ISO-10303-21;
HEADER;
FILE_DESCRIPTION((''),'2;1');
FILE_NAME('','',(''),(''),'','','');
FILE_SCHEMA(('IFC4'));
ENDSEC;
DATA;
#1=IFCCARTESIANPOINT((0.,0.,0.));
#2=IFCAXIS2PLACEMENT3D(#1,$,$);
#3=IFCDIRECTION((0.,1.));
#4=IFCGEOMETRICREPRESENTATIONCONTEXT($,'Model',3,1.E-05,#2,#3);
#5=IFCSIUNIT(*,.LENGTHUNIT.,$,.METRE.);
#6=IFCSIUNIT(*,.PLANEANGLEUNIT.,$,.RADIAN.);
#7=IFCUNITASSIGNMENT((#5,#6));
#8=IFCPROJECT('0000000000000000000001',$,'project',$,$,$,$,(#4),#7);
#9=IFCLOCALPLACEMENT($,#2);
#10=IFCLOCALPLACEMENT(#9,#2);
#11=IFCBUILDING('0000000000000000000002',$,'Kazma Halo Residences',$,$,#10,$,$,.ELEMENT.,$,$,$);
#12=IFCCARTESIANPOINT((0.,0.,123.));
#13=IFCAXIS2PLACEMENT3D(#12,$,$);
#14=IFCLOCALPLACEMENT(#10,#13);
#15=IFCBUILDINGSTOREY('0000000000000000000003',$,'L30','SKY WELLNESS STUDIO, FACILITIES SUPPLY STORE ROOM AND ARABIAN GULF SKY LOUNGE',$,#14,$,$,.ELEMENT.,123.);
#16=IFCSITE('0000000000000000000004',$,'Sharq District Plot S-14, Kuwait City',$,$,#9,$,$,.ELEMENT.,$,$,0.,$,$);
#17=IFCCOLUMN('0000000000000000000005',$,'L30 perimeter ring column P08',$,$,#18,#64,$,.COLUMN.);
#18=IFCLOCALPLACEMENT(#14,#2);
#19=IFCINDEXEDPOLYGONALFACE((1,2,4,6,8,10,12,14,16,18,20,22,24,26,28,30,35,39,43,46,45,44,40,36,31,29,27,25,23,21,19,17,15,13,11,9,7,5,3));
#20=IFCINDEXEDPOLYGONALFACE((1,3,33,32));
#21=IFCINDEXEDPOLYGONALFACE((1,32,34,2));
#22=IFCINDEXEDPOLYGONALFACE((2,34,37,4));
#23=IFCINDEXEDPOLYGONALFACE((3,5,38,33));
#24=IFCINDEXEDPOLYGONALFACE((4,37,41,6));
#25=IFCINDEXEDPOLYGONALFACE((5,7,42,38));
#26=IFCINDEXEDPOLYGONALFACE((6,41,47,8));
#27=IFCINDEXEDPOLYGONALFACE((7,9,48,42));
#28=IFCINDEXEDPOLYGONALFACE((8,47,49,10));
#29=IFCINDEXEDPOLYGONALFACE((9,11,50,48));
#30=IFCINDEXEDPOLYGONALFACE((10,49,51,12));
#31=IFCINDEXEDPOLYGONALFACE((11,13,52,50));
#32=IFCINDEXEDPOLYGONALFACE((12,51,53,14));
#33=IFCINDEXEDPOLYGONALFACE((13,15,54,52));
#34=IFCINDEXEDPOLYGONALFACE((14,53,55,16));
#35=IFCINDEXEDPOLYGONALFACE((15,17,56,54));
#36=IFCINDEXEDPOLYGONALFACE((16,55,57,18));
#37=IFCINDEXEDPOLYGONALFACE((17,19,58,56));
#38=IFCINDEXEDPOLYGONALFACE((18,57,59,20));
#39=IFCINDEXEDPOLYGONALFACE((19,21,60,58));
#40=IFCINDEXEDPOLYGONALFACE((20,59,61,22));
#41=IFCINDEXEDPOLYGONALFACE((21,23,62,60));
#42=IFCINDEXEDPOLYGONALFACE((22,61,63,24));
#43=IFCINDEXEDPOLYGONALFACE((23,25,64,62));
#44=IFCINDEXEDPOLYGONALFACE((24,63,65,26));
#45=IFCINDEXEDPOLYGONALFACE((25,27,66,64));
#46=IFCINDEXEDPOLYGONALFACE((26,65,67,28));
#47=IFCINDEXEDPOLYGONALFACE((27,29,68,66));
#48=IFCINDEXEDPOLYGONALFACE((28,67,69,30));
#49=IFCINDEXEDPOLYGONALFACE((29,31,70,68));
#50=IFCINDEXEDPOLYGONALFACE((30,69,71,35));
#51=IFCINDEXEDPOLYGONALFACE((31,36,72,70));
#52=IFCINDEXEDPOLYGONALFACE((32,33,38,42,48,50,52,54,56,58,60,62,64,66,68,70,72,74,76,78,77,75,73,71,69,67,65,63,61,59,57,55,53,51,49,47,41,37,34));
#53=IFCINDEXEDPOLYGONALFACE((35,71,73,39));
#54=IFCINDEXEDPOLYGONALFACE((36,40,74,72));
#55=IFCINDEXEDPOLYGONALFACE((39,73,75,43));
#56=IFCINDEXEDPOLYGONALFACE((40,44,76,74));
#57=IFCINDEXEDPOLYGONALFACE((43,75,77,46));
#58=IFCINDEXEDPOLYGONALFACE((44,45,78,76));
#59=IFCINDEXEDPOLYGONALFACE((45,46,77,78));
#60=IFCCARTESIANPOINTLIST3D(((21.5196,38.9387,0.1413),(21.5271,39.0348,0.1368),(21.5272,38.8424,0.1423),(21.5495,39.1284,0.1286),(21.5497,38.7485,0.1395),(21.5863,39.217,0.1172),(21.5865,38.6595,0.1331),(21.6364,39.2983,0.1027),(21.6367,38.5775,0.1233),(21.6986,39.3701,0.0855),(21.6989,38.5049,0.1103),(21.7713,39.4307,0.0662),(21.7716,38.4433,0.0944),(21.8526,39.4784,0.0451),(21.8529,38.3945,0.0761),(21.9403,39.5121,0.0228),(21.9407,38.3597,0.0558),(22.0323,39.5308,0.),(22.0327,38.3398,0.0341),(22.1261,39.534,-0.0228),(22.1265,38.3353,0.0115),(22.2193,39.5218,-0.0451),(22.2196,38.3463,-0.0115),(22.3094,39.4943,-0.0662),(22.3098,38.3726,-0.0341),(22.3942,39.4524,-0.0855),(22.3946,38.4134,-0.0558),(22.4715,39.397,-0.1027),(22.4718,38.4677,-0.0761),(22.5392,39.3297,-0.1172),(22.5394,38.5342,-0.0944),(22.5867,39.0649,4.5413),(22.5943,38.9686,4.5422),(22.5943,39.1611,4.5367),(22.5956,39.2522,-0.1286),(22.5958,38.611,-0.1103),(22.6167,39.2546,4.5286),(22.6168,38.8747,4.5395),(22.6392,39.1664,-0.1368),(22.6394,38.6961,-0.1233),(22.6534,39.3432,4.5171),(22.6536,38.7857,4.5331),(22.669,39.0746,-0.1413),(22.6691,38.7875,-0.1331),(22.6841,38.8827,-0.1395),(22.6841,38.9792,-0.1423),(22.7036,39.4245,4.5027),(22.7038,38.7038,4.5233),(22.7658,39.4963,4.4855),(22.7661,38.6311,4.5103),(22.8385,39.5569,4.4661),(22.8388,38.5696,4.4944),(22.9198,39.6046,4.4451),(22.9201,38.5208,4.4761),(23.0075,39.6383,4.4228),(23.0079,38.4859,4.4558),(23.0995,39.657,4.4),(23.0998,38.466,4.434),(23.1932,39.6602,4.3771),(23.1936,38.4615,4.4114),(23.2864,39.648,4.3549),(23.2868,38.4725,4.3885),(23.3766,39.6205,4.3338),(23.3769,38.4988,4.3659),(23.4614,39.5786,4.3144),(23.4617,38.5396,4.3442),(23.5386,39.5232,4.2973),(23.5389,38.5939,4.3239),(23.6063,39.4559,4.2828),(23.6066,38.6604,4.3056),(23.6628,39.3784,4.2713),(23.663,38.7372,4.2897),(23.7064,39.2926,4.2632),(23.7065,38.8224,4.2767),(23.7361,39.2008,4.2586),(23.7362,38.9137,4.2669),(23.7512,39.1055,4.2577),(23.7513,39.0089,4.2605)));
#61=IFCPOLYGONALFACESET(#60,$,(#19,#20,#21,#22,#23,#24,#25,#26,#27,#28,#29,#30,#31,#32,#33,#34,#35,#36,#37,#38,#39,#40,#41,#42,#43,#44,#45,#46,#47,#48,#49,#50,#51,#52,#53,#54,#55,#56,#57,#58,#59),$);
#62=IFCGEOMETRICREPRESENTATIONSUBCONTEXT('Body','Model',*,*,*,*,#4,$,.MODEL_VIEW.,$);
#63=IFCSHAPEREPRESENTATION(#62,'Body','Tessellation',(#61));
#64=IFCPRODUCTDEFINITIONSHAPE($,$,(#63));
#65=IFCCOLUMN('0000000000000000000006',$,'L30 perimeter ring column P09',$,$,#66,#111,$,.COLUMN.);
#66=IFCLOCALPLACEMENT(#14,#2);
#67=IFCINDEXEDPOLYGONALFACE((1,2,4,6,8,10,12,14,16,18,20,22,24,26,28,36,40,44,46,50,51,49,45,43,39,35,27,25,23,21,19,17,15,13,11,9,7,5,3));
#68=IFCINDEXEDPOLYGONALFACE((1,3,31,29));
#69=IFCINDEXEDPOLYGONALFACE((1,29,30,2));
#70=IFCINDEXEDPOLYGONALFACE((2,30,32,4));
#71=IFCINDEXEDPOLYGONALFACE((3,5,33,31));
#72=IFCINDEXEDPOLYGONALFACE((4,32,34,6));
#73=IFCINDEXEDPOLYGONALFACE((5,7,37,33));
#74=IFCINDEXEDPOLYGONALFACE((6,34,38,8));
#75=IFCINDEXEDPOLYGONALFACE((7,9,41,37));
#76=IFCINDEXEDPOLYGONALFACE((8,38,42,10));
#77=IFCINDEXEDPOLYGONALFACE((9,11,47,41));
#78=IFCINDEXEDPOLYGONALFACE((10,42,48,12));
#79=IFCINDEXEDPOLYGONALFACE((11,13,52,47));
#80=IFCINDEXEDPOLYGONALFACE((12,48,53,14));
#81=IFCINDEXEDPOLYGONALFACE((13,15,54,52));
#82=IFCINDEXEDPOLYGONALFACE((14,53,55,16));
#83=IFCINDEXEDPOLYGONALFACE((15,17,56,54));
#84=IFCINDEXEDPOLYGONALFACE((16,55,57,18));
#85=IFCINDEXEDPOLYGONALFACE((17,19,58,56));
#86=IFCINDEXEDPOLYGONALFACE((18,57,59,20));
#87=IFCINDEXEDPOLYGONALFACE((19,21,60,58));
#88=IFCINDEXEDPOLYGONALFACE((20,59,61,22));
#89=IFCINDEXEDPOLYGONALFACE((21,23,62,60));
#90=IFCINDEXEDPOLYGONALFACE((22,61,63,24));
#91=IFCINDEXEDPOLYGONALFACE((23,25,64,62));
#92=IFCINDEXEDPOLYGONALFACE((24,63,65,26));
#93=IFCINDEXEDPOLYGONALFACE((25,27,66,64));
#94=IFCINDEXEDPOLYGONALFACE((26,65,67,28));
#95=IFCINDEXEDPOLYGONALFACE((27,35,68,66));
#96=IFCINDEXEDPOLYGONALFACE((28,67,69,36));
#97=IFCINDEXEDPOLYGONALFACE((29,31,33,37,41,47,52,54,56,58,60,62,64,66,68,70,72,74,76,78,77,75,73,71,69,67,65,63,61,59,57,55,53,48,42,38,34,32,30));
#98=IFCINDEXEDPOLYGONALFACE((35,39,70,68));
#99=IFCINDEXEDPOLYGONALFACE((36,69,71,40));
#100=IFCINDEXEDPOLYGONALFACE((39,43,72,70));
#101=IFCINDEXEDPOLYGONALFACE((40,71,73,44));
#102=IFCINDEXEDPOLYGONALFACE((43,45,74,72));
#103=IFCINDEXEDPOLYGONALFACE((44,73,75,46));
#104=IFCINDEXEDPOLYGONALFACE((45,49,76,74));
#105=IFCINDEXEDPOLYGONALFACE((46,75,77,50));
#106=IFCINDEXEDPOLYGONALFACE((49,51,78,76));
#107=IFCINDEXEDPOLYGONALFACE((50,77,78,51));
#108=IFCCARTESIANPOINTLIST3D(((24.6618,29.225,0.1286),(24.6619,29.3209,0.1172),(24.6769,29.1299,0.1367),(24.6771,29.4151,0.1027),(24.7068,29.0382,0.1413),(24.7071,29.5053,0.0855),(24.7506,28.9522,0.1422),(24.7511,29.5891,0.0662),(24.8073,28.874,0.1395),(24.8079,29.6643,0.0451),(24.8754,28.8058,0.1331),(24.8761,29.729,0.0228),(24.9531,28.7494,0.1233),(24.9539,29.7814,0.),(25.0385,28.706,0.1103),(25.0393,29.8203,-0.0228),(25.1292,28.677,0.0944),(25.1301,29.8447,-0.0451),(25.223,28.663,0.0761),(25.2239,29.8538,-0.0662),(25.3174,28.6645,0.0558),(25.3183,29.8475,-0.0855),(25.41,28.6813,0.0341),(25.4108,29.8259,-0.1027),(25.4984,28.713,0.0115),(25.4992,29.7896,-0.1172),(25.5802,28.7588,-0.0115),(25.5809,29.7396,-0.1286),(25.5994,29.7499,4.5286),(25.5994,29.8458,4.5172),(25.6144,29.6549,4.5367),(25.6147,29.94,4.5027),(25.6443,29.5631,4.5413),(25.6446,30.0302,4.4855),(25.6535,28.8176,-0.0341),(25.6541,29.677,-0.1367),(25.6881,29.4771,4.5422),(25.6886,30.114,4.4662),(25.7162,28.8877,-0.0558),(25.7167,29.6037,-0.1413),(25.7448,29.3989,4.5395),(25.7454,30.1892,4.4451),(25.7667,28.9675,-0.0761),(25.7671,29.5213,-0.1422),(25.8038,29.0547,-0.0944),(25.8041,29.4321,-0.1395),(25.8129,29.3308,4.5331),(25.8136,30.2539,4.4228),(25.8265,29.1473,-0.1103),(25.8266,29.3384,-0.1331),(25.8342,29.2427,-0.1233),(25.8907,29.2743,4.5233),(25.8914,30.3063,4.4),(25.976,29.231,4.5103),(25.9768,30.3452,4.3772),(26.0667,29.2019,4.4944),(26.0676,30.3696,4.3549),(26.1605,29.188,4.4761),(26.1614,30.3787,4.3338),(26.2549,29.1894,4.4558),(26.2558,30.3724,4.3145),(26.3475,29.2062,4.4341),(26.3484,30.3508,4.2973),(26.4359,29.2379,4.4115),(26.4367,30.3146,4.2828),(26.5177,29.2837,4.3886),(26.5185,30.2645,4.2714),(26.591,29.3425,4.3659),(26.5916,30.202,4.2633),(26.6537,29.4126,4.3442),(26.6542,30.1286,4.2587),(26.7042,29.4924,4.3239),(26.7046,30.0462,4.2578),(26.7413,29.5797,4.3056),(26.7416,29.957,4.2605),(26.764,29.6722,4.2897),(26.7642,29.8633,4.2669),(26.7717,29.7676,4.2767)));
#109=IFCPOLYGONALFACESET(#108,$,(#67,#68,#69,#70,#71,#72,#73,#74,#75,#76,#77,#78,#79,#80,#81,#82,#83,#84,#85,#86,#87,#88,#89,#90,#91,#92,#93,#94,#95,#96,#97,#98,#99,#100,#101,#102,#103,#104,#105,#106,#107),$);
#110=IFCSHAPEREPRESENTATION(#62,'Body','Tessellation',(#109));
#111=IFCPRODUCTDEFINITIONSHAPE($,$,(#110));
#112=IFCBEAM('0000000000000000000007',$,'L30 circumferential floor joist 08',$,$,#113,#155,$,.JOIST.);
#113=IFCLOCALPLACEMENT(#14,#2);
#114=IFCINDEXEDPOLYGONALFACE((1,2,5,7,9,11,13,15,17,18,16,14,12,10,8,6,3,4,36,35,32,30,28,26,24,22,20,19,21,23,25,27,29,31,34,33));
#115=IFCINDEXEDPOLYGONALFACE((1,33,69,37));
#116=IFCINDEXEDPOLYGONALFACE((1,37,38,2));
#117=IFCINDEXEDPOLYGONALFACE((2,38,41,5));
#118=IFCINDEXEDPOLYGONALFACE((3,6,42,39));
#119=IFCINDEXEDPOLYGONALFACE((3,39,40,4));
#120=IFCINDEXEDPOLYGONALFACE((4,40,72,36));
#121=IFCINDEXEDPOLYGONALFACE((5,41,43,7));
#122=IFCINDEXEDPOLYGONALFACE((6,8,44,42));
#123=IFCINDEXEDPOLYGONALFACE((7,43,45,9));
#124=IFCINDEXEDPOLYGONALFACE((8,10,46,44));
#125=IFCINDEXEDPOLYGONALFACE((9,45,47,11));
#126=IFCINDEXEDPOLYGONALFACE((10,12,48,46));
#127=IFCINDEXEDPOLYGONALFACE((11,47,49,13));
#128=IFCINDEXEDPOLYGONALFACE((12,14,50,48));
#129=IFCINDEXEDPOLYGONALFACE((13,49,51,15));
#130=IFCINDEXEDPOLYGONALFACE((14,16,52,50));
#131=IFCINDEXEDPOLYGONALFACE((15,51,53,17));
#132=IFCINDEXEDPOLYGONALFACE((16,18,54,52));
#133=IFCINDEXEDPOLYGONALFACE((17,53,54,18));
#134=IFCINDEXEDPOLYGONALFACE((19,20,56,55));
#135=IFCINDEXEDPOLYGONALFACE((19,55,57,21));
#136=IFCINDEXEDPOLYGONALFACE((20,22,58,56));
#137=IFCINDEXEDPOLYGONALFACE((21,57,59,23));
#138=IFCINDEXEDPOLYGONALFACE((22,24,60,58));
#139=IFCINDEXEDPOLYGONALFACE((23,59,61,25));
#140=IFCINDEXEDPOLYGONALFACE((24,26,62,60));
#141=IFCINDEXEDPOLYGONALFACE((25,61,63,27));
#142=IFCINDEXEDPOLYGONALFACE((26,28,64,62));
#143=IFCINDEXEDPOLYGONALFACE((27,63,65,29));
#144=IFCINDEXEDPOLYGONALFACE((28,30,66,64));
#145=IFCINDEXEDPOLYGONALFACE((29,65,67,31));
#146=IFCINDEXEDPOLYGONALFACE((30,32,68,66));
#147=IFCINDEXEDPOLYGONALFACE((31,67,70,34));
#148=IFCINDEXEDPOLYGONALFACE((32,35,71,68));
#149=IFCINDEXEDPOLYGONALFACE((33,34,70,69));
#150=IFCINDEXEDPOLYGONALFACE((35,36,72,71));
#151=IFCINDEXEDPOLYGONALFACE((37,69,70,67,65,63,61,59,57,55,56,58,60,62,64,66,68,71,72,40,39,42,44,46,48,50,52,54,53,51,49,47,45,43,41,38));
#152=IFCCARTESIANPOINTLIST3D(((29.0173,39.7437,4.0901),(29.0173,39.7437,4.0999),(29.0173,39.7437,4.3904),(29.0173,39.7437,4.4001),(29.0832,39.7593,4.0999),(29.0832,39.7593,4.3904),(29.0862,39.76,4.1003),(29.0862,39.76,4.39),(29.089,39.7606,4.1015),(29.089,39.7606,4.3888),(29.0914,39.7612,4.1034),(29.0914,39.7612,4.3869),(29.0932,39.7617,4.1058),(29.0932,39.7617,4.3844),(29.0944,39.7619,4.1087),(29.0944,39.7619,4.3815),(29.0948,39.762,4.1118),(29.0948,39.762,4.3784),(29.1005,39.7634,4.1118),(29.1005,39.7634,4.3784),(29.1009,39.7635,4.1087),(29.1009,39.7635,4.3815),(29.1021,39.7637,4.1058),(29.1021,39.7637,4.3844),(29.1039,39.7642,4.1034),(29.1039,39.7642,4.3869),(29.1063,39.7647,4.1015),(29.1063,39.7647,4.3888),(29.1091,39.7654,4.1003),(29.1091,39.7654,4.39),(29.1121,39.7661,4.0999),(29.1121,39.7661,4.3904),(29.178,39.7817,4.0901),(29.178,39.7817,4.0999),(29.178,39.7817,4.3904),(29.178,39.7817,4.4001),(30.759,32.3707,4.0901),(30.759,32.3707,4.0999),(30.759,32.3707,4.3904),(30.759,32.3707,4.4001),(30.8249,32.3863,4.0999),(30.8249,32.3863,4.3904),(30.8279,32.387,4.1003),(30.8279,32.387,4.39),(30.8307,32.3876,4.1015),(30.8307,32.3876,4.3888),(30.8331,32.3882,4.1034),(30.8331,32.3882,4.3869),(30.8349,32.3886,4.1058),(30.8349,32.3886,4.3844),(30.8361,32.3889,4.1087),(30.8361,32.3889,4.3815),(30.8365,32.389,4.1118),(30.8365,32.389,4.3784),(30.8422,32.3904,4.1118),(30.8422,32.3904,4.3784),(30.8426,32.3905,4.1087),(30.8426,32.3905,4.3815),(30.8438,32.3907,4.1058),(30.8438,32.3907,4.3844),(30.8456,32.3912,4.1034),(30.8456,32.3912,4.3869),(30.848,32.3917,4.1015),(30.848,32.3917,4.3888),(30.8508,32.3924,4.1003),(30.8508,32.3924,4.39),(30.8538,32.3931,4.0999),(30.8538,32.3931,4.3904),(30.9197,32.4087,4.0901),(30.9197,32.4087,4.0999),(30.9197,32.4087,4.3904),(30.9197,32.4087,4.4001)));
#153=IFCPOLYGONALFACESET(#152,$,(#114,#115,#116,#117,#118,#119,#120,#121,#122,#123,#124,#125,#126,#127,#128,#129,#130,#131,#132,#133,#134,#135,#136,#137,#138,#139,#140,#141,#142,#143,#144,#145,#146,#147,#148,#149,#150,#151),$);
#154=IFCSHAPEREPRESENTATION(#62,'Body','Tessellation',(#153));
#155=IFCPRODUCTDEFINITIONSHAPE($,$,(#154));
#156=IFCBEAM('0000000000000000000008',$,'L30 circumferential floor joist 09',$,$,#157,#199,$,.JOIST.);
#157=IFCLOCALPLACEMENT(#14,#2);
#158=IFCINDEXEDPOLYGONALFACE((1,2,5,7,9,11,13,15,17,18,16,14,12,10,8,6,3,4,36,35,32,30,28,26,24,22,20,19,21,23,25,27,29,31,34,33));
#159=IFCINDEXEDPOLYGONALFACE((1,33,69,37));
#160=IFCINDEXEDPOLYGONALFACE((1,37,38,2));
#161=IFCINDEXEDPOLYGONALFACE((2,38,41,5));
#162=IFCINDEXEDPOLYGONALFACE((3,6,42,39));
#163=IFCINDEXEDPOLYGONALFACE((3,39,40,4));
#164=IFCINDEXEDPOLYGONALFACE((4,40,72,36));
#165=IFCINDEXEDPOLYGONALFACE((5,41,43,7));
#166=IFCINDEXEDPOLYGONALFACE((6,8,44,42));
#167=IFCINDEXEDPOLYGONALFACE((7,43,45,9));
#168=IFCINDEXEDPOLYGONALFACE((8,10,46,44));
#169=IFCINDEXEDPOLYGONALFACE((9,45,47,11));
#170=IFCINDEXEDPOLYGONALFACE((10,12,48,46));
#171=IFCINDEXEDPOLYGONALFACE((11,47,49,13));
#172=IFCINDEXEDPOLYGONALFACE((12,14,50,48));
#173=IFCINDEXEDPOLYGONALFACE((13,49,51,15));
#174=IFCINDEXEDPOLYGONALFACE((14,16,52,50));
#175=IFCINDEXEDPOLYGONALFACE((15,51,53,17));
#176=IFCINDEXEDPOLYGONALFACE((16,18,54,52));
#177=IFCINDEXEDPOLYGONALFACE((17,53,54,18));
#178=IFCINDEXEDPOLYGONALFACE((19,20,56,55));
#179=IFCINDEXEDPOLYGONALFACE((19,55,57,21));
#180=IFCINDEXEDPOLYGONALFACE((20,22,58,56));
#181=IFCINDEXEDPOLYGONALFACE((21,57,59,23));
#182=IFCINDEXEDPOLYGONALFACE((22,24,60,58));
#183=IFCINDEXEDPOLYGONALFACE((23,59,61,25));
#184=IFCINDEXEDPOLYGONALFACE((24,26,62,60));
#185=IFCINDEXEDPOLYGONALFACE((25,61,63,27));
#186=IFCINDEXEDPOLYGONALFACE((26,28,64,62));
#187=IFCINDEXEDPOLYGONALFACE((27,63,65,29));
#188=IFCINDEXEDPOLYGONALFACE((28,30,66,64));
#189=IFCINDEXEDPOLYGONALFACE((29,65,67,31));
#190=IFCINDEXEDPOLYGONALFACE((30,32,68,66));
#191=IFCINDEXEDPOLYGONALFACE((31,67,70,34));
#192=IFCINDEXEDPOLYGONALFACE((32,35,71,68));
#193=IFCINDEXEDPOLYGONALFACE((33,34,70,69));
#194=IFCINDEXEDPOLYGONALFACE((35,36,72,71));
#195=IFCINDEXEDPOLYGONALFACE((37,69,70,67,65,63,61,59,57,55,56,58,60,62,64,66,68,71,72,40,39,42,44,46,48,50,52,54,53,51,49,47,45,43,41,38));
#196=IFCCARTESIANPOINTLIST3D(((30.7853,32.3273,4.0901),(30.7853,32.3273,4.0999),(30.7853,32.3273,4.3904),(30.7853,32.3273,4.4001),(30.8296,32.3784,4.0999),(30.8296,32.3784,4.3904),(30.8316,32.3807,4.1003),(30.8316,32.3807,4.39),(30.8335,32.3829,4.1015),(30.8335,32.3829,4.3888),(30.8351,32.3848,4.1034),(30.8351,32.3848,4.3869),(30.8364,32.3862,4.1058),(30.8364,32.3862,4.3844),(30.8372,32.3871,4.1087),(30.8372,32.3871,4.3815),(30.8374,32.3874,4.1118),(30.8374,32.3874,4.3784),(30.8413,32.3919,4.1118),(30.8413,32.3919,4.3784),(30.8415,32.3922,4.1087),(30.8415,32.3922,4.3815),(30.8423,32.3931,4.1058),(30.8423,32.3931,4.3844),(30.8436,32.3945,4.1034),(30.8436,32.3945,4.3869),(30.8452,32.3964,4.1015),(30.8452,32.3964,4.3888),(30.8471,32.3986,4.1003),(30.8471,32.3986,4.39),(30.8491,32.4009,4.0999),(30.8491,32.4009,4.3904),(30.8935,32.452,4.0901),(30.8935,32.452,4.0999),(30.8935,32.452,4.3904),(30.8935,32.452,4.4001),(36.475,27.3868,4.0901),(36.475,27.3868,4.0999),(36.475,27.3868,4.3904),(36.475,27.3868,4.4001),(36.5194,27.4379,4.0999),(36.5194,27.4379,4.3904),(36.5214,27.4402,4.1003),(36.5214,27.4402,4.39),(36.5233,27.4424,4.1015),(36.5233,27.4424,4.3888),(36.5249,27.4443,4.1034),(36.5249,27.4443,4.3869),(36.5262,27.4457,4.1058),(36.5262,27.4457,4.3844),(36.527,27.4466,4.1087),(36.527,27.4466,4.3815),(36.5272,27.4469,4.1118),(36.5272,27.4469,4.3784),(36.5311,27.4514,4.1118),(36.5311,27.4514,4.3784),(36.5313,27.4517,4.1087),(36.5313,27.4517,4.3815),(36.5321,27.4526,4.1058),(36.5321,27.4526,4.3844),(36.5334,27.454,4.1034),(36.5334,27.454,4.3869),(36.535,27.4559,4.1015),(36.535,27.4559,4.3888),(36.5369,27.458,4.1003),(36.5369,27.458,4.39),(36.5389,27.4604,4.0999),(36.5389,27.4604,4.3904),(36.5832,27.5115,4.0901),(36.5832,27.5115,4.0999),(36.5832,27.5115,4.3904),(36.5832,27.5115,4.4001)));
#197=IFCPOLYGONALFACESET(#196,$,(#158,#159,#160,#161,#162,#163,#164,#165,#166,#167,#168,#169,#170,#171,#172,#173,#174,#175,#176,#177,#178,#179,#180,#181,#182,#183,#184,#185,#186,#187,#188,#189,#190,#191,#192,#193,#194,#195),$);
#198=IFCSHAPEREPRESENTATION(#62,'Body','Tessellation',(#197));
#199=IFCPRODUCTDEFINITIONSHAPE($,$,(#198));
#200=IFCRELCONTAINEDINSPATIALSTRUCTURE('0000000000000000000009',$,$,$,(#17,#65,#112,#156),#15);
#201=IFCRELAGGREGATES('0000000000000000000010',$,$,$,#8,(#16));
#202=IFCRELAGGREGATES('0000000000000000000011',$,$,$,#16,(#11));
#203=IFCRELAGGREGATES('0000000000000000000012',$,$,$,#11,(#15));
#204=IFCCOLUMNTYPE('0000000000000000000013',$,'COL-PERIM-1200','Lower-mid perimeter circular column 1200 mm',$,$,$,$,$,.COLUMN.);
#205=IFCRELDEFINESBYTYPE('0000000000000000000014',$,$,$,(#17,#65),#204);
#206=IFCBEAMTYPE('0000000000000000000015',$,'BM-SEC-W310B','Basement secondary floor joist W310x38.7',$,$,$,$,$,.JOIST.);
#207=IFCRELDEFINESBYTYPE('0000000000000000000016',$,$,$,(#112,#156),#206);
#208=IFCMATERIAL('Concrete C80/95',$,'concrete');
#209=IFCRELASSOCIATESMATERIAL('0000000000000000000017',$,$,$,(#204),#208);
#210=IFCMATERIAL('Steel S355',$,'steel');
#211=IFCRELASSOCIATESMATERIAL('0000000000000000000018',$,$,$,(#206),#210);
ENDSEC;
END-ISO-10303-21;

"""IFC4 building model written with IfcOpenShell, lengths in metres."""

from ifc_helpers import new_model, si_unit, direction, frame, origin, origin_2d, place, context, subcontext, project, spatial, circle, i_section, extrude, material, material_profile, profile_set, type_object, element, save


model = new_model("IFC4")

# Units and contexts
model_context = context("Model", 3, precision=1e-05, world=origin(), true_north=direction((0.0, 1.0)))
body_context = subcontext(model_context, "Body", "Model", "MODEL_VIEW")
ifc_project = project(units=[si_unit("LENGTHUNIT", "METRE"), si_unit("PLANEANGLEUNIT", "RADIAN")], contexts=[model_context])

# Site, building, storey
site_placement = place(None, origin())
site = spatial("IfcSite", under=ifc_project, at=site_placement, Name="Sharq District Plot S-14, Kuwait City", CompositionType="ELEMENT", RefElevation=0.0)
building_placement = place(site_placement, origin())
building = spatial("IfcBuilding", under=site, at=building_placement, Name="Kazma Halo Residences", CompositionType="ELEMENT")
storey_placement = place(building_placement, frame((0.0, 0.0, 123.0)))
storey = spatial("IfcBuildingStorey", under=building, at=storey_placement, Name="L30", Description="SKY WELLNESS STUDIO, FACILITIES SUPPLY STORE ROOM AND ARABIAN GULF SKY LOUNGE", CompositionType="ELEMENT", Elevation=123.0)

# Columns
ifc_material_1 = material(Name="Concrete C80/95", Category="concrete")
ifc_material_profile_1 = material_profile(ifc_material_1, circle(Radius=0.6001, at=origin_2d()), Name="CIRC1200")
ifc_profile_set_1 = profile_set([ifc_material_profile_1], Name="Concrete C80/95")
column_type = type_object("IfcColumnType", Name="COL-PERIM-1200", Description="Lower-mid perimeter circular column 1200 mm", PredefinedType="COLUMN", material=ifc_profile_set_1)
for number, where, z_axis, x_axis, name in (
    (1, (22.1028, 38.9348, 0.0), (0.235612, 0.027868, 0.971448), (-0.117461, 0.993078, 0.0), "L30 perimeter ring column P08"),
    (2, (25.2471, 29.2578, 0.0), (0.206991, 0.115893, 0.971454), (-0.488534, 0.872545, 0.0), "L30 perimeter ring column P09"),
):
    element("IfcColumn", number, at=place(storey_placement, frame(where, z_axis=z_axis, x_axis=x_axis)), inside=storey, type_object=column_type, Name=name, PredefinedType="COLUMN", context=body_context, shape_type="SweptSolid", body=[
        extrude(circle(Radius=0.6001, at=origin_2d()), origin(), (0.0, 0.0, 1.0), 4.5293),
    ])

# Beams
ifc_material_2 = material(Name="Steel S355", Category="steel")
ifc_material_profile_2 = material_profile(ifc_material_2, i_section(OverallWidth=0.165, OverallDepth=0.3101, WebThickness=0.0059, FlangeThickness=0.0098, FilletRadius=0.012, at=origin_2d()), Name="W310x38.7")
ifc_profile_set_2 = profile_set([ifc_material_profile_2], Name="Steel S355")
beam_type_1 = type_object("IfcBeamType", Name="BM-SEC-W310B", Description="Basement secondary floor joist W310x38.7", PredefinedType="JOIST", material=ifc_profile_set_2)
beam_1_placement = place(storey_placement, frame((29.0977, 39.7627, 4.2451), z_axis=(0.229898, -0.973215, 0.0), x_axis=(0.973215, 0.229898, 0.0)))
element("IfcBeam", 3, at=beam_1_placement, inside=storey, type_object=beam_type_1, Name="L30 circumferential floor joist 08", PredefinedType="JOIST", context=body_context, shape_type="SweptSolid", body=[
    extrude(i_section(OverallWidth=0.165, OverallDepth=0.3101, WebThickness=0.0059, FlangeThickness=0.0098, FilletRadius=0.012, at=origin_2d()), origin(), (0.0, 0.0, 1.0), 7.5759),
])
beam_2_placement = place(storey_placement, frame((30.8394, 32.3896, 4.2451), z_axis=(0.755074, -0.65564, 0.0), x_axis=(0.65564, 0.755074, 0.0)))
element("IfcBeam", 4, at=beam_2_placement, inside=storey, type_object=beam_type_1, Name="L30 circumferential floor joist 09", PredefinedType="JOIST", context=body_context, shape_type="SweptSolid", body=[
    extrude(i_section(OverallWidth=0.165, OverallDepth=0.3101, WebThickness=0.0059, FlangeThickness=0.0098, FilletRadius=0.012, at=origin_2d()), origin(), (0.0, 0.0, 1.0), 7.5354),
])

save(model, "model.ifc")
